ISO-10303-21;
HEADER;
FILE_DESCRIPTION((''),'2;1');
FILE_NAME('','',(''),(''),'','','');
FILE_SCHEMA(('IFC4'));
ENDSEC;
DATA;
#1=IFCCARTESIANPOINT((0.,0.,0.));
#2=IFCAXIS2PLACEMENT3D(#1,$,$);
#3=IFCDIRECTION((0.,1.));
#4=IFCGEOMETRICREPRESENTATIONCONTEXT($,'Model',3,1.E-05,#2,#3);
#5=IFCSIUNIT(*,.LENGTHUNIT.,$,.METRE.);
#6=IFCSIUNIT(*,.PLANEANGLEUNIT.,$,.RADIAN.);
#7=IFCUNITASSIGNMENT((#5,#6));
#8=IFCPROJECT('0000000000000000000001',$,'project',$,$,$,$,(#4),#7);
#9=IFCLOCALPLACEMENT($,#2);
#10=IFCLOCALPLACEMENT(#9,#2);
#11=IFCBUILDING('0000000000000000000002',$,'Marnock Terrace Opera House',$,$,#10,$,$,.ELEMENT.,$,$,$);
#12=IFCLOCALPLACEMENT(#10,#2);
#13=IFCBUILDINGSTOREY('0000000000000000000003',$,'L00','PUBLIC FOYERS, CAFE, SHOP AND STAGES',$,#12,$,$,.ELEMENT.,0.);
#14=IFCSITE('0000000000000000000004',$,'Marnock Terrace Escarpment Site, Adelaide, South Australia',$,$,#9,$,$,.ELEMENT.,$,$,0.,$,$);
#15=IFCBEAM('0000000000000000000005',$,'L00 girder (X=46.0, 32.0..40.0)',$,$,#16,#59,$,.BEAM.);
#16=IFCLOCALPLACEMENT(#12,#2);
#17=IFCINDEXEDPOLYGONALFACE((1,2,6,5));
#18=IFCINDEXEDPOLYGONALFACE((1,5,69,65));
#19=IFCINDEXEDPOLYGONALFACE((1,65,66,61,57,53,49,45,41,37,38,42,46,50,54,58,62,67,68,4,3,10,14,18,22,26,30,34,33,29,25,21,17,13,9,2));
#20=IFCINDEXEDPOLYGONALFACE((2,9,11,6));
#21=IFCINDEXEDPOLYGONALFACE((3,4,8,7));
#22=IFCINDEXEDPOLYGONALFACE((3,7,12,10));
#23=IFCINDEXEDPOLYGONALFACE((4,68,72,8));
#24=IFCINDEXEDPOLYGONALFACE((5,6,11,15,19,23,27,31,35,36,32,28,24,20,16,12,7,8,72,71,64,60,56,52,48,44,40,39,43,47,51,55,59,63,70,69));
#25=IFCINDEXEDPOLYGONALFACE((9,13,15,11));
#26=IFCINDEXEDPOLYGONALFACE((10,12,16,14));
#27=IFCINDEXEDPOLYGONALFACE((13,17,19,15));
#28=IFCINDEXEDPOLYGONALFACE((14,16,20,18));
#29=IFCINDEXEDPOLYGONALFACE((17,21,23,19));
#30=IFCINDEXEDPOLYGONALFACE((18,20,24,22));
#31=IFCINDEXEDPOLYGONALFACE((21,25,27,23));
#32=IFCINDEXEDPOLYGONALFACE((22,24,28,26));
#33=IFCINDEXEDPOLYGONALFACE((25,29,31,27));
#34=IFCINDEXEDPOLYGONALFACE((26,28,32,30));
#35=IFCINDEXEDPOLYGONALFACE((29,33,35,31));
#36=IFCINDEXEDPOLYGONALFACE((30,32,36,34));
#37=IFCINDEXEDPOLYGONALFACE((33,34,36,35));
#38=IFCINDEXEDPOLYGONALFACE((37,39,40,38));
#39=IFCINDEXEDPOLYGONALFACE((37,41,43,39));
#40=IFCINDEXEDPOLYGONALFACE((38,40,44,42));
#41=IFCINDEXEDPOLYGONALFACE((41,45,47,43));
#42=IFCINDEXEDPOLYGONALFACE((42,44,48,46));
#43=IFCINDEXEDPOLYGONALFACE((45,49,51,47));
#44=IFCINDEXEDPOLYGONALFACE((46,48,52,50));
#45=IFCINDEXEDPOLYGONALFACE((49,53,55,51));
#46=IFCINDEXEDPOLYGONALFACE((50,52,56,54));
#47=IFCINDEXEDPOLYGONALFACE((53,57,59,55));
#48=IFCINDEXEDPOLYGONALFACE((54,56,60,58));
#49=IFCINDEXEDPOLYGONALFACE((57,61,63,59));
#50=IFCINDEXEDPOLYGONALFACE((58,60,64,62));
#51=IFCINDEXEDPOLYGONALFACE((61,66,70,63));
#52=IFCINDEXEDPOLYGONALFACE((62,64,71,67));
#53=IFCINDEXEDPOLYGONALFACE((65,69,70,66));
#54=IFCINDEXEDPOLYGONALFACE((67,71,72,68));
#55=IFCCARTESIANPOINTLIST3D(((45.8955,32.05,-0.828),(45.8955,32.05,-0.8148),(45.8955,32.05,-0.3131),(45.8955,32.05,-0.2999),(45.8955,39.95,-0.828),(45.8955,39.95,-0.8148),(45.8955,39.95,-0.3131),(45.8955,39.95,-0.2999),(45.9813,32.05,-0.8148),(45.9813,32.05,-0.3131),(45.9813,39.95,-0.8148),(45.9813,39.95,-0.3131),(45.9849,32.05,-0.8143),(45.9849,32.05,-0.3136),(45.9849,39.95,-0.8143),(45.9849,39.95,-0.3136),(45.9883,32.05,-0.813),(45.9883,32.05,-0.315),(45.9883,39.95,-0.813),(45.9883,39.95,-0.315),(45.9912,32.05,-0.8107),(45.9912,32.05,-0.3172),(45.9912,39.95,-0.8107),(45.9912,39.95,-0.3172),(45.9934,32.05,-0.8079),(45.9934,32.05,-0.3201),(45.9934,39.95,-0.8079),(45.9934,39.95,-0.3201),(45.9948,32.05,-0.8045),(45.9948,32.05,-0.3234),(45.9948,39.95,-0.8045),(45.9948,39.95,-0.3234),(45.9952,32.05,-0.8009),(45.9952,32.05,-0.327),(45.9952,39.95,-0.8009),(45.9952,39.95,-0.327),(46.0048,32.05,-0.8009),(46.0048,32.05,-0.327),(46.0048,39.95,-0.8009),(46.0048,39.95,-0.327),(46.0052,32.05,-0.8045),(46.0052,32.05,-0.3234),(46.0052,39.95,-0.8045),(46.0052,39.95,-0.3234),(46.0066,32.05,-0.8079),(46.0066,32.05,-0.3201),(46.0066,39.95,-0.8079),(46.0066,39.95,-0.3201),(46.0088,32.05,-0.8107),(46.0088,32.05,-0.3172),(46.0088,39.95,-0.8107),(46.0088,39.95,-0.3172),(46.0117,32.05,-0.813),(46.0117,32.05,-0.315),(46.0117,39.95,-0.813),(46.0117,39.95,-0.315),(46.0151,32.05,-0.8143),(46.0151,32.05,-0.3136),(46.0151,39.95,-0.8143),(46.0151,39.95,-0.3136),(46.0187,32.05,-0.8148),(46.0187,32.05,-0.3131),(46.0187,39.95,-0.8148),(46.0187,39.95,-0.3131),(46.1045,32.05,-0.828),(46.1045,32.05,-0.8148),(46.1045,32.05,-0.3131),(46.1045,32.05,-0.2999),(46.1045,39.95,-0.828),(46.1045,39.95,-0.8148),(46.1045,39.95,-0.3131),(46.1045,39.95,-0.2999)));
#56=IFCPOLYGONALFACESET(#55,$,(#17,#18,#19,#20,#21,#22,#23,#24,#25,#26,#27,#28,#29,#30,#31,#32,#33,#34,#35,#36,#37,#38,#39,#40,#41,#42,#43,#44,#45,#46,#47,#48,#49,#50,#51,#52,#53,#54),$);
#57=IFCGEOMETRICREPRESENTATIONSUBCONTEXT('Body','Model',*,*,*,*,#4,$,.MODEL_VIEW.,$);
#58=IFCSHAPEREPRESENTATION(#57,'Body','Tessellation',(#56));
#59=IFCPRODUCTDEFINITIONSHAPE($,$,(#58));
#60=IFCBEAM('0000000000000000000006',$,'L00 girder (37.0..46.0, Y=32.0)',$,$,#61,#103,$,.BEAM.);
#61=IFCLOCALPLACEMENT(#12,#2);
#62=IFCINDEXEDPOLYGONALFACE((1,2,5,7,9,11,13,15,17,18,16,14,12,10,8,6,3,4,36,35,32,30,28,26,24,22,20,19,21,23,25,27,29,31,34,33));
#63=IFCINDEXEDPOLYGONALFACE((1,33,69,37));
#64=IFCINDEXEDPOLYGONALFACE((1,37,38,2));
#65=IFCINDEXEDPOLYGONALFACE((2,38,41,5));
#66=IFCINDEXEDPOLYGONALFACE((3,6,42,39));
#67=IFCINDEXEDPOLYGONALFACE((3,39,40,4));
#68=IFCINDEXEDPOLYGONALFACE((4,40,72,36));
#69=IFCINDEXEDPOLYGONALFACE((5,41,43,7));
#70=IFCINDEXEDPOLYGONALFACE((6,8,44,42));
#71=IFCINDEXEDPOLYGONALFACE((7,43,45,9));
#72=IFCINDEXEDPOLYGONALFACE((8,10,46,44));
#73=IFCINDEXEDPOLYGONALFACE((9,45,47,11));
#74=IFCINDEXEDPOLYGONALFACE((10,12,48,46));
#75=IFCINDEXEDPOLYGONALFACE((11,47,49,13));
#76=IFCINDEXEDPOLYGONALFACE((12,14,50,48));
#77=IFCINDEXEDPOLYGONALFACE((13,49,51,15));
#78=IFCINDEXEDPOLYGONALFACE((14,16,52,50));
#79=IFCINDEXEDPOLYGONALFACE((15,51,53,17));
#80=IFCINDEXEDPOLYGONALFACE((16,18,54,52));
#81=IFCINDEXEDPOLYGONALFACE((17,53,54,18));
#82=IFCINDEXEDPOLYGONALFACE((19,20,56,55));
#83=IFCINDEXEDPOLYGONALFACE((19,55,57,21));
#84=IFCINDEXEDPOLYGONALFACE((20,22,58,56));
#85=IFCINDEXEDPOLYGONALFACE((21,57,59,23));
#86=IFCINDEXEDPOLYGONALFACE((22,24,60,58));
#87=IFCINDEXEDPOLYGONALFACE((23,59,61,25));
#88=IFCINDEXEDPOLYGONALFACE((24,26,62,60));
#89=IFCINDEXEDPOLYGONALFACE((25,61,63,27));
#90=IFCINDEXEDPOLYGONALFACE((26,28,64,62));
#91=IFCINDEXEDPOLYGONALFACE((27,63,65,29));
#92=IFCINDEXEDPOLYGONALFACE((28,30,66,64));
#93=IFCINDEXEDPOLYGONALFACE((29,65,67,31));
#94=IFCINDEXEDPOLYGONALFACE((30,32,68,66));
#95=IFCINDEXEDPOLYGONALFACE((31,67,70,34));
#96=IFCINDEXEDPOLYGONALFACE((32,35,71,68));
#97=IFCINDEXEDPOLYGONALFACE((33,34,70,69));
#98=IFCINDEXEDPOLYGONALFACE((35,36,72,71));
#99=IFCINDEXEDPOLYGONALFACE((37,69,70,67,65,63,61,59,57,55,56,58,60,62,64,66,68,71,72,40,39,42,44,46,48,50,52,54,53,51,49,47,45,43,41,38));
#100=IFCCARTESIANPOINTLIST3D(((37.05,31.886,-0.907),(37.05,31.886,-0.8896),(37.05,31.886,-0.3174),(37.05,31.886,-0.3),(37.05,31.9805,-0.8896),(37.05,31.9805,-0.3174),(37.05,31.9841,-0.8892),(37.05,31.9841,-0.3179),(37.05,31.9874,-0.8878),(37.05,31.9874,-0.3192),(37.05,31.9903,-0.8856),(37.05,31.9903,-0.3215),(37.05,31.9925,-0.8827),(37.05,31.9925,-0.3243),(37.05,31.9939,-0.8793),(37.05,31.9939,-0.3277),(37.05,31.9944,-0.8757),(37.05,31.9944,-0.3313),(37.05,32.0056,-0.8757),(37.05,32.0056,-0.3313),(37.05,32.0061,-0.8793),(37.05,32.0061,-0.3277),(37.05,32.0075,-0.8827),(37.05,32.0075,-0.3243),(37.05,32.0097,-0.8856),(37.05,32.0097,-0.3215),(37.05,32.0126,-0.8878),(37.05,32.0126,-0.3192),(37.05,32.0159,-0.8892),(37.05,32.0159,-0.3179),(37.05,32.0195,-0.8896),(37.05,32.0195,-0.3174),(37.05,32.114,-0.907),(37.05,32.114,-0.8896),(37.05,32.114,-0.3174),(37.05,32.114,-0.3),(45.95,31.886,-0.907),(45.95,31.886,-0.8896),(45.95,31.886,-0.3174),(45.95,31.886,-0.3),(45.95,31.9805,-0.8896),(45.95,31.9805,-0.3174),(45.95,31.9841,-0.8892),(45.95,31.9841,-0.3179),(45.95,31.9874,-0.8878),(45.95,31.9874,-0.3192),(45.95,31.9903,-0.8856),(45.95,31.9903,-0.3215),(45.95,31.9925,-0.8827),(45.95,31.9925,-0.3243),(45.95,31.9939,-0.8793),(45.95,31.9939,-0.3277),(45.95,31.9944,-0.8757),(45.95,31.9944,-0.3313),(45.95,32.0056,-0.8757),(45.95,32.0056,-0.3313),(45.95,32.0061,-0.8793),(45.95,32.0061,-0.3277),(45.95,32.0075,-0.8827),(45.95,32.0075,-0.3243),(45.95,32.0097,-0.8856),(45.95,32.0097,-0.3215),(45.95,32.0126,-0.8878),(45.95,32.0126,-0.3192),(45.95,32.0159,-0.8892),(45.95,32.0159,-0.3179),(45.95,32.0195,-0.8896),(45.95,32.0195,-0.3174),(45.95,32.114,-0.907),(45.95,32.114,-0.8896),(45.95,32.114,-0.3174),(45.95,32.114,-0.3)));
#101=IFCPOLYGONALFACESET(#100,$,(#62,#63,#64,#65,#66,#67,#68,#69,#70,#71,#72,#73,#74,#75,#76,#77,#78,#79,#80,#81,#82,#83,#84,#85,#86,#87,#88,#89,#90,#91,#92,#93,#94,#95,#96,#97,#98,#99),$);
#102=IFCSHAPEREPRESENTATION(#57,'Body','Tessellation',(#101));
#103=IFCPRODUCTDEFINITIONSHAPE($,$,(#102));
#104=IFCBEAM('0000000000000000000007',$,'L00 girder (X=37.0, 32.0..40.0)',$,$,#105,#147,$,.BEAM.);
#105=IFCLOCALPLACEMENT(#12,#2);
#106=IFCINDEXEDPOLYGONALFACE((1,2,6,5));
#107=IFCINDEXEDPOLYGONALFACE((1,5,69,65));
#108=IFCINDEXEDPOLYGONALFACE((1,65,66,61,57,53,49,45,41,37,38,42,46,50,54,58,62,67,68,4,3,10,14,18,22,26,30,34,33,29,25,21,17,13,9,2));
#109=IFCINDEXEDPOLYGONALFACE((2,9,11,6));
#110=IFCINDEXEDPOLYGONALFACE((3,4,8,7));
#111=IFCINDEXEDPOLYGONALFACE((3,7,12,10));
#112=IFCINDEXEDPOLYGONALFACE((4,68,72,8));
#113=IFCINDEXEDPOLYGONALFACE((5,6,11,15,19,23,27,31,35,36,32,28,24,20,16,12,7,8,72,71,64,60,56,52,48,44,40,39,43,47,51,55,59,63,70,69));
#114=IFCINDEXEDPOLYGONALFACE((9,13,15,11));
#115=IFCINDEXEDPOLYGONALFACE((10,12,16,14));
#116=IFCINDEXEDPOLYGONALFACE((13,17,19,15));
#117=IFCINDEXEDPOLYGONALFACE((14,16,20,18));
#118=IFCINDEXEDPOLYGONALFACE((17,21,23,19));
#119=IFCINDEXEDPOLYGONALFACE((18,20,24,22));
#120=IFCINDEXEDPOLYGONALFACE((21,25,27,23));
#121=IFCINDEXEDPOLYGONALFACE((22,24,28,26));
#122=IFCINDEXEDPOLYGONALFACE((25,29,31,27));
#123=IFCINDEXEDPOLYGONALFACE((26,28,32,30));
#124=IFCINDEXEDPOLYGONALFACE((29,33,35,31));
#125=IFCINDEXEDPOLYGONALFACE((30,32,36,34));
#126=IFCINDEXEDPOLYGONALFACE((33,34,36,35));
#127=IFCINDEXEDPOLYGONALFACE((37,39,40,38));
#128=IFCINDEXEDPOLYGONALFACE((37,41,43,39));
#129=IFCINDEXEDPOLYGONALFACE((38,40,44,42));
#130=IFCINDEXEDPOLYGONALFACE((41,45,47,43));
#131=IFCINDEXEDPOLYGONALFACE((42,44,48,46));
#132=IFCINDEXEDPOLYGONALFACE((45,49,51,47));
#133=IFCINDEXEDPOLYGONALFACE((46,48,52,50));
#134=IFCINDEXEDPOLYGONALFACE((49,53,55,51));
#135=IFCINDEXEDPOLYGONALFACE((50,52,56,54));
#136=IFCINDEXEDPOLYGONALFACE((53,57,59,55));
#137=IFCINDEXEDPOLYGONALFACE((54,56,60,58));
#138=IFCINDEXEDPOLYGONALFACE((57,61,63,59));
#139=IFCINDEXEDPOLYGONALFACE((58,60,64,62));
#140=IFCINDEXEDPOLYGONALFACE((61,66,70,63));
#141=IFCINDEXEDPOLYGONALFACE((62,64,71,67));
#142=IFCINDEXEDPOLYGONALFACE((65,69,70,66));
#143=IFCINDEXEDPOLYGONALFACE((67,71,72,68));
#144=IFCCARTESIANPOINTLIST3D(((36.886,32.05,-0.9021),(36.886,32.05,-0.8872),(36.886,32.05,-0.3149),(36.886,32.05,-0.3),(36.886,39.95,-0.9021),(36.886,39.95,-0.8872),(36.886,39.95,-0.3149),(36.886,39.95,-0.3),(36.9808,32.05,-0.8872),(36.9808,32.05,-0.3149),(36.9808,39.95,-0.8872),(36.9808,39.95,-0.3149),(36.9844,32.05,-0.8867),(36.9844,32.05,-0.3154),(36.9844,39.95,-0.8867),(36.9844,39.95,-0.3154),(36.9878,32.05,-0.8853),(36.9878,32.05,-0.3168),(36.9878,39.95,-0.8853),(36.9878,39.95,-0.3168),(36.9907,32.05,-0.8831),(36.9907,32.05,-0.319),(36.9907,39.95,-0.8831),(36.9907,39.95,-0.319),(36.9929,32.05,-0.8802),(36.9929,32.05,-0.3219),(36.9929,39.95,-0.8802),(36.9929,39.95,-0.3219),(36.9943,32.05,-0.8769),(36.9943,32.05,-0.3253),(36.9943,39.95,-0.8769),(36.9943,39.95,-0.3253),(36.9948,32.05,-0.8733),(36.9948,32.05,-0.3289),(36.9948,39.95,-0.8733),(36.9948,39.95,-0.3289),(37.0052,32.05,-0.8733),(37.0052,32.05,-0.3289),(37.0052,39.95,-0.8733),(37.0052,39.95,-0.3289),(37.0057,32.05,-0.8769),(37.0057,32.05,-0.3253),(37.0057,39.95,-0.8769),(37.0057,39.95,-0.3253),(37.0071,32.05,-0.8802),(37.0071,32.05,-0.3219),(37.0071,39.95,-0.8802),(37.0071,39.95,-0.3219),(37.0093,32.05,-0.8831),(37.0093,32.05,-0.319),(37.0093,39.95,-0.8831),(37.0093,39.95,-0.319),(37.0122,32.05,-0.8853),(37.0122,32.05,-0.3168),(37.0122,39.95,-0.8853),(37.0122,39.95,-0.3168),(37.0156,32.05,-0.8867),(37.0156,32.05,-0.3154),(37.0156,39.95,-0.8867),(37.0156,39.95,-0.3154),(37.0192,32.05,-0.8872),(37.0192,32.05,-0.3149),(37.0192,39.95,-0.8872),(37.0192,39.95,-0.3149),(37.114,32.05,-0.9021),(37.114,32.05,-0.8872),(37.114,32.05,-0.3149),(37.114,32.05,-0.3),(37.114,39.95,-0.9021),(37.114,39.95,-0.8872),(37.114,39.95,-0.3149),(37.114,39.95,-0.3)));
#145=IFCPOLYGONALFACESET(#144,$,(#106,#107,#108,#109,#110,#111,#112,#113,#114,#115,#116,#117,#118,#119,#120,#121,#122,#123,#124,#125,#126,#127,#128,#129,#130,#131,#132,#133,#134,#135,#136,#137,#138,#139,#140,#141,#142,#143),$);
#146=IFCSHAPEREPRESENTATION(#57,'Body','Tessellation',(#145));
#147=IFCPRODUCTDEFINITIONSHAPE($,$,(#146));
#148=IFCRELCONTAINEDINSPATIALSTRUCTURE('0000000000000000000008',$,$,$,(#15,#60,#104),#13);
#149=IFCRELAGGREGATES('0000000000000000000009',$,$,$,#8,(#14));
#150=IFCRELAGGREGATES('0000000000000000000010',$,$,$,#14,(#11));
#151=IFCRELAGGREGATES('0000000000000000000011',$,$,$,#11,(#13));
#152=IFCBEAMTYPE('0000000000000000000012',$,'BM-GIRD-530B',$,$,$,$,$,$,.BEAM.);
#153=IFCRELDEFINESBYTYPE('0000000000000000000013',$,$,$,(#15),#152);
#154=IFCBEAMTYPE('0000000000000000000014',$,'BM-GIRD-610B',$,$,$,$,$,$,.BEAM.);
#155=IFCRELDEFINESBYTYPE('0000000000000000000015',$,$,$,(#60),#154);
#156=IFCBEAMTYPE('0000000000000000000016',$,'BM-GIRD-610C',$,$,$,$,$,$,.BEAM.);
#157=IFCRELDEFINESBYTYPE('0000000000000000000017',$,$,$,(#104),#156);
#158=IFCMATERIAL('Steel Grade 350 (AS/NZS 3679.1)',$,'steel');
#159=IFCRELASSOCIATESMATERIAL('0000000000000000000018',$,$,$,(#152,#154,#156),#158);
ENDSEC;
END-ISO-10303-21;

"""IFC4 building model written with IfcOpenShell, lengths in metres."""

from ifc_helpers import new_model, si_unit, direction, frame, origin, origin_2d, place, context, subcontext, project, spatial, i_section, extrude, material, material_profile, profile_set, type_object, element, save


model = new_model("IFC4")

# Units and contexts
model_context = context("Model", 3, precision=1e-05, world=origin(), true_north=direction((0.0, 1.0)))
body_context = subcontext(model_context, "Body", "Model", "MODEL_VIEW")
ifc_project = project(units=[si_unit("LENGTHUNIT", "METRE"), si_unit("PLANEANGLEUNIT", "RADIAN")], contexts=[model_context])

# Site, building, storey
site_placement = place(None, origin())
site = spatial("IfcSite", under=ifc_project, at=site_placement, Name="Marnock Terrace Escarpment Site, Adelaide, South Australia", CompositionType="ELEMENT", RefElevation=0.0)
building_placement = place(site_placement, origin())
building = spatial("IfcBuilding", under=site, at=building_placement, Name="Marnock Terrace Opera House", CompositionType="ELEMENT")
storey_placement = place(building_placement, origin())
storey = spatial("IfcBuildingStorey", under=building, at=storey_placement, Name="L00", Description="PUBLIC FOYERS, CAFE, SHOP AND STAGES", CompositionType="ELEMENT", Elevation=0.0)

# Shared definitions
ifc_material_1 = material(Name="Steel Grade 350 (AS/NZS 3679.1)", Category="steel")

# Beams
ifc_material_profile_1 = material_profile(ifc_material_1, i_section(OverallWidth=0.209, OverallDepth=0.5281, WebThickness=0.0095, FlangeThickness=0.0132, FilletRadius=0.0139, at=origin_2d()))
ifc_profile_set_1 = profile_set([ifc_material_profile_1], Name="Steel Grade 350 (AS/NZS 3679.1)")
beam_type_1 = type_object("IfcBeamType", Name="BM-GIRD-530B", PredefinedType="BEAM", material=ifc_profile_set_1)
beam_1_placement = place(storey_placement, frame((46.0, 32.05, -0.564), z_axis=(0.0, 1.0, 0.0), x_axis=(-1.0, 0.0, 0.0)))
element("IfcBeam", 1, at=beam_1_placement, inside=storey, type_object=beam_type_1, Name="L00 girder (X=46.0, 32.0..40.0)", PredefinedType="BEAM", context=body_context, shape_type="SweptSolid", body=[
    extrude(i_section(OverallWidth=0.209, OverallDepth=0.5281, WebThickness=0.0095, FlangeThickness=0.0132, FilletRadius=0.0139, at=origin_2d()), origin(), (0.0, 0.0, 1.0), 7.8999),
])
ifc_material_profile_2 = material_profile(ifc_material_1, i_section(OverallWidth=0.228, OverallDepth=0.6069, WebThickness=0.0112, FlangeThickness=0.0173, FilletRadius=0.0139, at=origin_2d()))
ifc_profile_set_2 = profile_set([ifc_material_profile_2], Name="Steel Grade 350 (AS/NZS 3679.1)")
beam_type_2 = type_object("IfcBeamType", Name="BM-GIRD-610B", PredefinedType="BEAM", material=ifc_profile_set_2)
beam_2_placement = place(storey_placement, frame((37.05, 32.0, -0.6035), z_axis=(1.0, 0.0, 0.0), x_axis=(0.0, 1.0, 0.0)))
element("IfcBeam", 2, at=beam_2_placement, inside=storey, type_object=beam_type_2, Name="L00 girder (37.0..46.0, Y=32.0)", PredefinedType="BEAM", context=body_context, shape_type="SweptSolid", body=[
    extrude(i_section(OverallWidth=0.228, OverallDepth=0.6069, WebThickness=0.0112, FlangeThickness=0.0173, FilletRadius=0.0139, at=origin_2d()), origin(), (0.0, 0.0, 1.0), 8.8999),
])
ifc_material_profile_3 = material_profile(ifc_material_1, i_section(OverallWidth=0.228, OverallDepth=0.6021, WebThickness=0.0105, FlangeThickness=0.0149, FilletRadius=0.0139, at=origin_2d()))
ifc_profile_set_3 = profile_set([ifc_material_profile_3], Name="Steel Grade 350 (AS/NZS 3679.1)")
beam_type_3 = type_object("IfcBeamType", Name="BM-GIRD-610C", PredefinedType="BEAM", material=ifc_profile_set_3)
beam_3_placement = place(storey_placement, frame((37.0, 32.05, -0.6011), z_axis=(0.0, 1.0, 0.0), x_axis=(-1.0, 0.0, 0.0)))
element("IfcBeam", 3, at=beam_3_placement, inside=storey, type_object=beam_type_3, Name="L00 girder (X=37.0, 32.0..40.0)", PredefinedType="BEAM", context=body_context, shape_type="SweptSolid", body=[
    extrude(i_section(OverallWidth=0.228, OverallDepth=0.6021, WebThickness=0.0105, FlangeThickness=0.0149, FilletRadius=0.0139, at=origin_2d()), origin(), (0.0, 0.0, 1.0), 7.8999),
])

save(model, "model.ifc")
